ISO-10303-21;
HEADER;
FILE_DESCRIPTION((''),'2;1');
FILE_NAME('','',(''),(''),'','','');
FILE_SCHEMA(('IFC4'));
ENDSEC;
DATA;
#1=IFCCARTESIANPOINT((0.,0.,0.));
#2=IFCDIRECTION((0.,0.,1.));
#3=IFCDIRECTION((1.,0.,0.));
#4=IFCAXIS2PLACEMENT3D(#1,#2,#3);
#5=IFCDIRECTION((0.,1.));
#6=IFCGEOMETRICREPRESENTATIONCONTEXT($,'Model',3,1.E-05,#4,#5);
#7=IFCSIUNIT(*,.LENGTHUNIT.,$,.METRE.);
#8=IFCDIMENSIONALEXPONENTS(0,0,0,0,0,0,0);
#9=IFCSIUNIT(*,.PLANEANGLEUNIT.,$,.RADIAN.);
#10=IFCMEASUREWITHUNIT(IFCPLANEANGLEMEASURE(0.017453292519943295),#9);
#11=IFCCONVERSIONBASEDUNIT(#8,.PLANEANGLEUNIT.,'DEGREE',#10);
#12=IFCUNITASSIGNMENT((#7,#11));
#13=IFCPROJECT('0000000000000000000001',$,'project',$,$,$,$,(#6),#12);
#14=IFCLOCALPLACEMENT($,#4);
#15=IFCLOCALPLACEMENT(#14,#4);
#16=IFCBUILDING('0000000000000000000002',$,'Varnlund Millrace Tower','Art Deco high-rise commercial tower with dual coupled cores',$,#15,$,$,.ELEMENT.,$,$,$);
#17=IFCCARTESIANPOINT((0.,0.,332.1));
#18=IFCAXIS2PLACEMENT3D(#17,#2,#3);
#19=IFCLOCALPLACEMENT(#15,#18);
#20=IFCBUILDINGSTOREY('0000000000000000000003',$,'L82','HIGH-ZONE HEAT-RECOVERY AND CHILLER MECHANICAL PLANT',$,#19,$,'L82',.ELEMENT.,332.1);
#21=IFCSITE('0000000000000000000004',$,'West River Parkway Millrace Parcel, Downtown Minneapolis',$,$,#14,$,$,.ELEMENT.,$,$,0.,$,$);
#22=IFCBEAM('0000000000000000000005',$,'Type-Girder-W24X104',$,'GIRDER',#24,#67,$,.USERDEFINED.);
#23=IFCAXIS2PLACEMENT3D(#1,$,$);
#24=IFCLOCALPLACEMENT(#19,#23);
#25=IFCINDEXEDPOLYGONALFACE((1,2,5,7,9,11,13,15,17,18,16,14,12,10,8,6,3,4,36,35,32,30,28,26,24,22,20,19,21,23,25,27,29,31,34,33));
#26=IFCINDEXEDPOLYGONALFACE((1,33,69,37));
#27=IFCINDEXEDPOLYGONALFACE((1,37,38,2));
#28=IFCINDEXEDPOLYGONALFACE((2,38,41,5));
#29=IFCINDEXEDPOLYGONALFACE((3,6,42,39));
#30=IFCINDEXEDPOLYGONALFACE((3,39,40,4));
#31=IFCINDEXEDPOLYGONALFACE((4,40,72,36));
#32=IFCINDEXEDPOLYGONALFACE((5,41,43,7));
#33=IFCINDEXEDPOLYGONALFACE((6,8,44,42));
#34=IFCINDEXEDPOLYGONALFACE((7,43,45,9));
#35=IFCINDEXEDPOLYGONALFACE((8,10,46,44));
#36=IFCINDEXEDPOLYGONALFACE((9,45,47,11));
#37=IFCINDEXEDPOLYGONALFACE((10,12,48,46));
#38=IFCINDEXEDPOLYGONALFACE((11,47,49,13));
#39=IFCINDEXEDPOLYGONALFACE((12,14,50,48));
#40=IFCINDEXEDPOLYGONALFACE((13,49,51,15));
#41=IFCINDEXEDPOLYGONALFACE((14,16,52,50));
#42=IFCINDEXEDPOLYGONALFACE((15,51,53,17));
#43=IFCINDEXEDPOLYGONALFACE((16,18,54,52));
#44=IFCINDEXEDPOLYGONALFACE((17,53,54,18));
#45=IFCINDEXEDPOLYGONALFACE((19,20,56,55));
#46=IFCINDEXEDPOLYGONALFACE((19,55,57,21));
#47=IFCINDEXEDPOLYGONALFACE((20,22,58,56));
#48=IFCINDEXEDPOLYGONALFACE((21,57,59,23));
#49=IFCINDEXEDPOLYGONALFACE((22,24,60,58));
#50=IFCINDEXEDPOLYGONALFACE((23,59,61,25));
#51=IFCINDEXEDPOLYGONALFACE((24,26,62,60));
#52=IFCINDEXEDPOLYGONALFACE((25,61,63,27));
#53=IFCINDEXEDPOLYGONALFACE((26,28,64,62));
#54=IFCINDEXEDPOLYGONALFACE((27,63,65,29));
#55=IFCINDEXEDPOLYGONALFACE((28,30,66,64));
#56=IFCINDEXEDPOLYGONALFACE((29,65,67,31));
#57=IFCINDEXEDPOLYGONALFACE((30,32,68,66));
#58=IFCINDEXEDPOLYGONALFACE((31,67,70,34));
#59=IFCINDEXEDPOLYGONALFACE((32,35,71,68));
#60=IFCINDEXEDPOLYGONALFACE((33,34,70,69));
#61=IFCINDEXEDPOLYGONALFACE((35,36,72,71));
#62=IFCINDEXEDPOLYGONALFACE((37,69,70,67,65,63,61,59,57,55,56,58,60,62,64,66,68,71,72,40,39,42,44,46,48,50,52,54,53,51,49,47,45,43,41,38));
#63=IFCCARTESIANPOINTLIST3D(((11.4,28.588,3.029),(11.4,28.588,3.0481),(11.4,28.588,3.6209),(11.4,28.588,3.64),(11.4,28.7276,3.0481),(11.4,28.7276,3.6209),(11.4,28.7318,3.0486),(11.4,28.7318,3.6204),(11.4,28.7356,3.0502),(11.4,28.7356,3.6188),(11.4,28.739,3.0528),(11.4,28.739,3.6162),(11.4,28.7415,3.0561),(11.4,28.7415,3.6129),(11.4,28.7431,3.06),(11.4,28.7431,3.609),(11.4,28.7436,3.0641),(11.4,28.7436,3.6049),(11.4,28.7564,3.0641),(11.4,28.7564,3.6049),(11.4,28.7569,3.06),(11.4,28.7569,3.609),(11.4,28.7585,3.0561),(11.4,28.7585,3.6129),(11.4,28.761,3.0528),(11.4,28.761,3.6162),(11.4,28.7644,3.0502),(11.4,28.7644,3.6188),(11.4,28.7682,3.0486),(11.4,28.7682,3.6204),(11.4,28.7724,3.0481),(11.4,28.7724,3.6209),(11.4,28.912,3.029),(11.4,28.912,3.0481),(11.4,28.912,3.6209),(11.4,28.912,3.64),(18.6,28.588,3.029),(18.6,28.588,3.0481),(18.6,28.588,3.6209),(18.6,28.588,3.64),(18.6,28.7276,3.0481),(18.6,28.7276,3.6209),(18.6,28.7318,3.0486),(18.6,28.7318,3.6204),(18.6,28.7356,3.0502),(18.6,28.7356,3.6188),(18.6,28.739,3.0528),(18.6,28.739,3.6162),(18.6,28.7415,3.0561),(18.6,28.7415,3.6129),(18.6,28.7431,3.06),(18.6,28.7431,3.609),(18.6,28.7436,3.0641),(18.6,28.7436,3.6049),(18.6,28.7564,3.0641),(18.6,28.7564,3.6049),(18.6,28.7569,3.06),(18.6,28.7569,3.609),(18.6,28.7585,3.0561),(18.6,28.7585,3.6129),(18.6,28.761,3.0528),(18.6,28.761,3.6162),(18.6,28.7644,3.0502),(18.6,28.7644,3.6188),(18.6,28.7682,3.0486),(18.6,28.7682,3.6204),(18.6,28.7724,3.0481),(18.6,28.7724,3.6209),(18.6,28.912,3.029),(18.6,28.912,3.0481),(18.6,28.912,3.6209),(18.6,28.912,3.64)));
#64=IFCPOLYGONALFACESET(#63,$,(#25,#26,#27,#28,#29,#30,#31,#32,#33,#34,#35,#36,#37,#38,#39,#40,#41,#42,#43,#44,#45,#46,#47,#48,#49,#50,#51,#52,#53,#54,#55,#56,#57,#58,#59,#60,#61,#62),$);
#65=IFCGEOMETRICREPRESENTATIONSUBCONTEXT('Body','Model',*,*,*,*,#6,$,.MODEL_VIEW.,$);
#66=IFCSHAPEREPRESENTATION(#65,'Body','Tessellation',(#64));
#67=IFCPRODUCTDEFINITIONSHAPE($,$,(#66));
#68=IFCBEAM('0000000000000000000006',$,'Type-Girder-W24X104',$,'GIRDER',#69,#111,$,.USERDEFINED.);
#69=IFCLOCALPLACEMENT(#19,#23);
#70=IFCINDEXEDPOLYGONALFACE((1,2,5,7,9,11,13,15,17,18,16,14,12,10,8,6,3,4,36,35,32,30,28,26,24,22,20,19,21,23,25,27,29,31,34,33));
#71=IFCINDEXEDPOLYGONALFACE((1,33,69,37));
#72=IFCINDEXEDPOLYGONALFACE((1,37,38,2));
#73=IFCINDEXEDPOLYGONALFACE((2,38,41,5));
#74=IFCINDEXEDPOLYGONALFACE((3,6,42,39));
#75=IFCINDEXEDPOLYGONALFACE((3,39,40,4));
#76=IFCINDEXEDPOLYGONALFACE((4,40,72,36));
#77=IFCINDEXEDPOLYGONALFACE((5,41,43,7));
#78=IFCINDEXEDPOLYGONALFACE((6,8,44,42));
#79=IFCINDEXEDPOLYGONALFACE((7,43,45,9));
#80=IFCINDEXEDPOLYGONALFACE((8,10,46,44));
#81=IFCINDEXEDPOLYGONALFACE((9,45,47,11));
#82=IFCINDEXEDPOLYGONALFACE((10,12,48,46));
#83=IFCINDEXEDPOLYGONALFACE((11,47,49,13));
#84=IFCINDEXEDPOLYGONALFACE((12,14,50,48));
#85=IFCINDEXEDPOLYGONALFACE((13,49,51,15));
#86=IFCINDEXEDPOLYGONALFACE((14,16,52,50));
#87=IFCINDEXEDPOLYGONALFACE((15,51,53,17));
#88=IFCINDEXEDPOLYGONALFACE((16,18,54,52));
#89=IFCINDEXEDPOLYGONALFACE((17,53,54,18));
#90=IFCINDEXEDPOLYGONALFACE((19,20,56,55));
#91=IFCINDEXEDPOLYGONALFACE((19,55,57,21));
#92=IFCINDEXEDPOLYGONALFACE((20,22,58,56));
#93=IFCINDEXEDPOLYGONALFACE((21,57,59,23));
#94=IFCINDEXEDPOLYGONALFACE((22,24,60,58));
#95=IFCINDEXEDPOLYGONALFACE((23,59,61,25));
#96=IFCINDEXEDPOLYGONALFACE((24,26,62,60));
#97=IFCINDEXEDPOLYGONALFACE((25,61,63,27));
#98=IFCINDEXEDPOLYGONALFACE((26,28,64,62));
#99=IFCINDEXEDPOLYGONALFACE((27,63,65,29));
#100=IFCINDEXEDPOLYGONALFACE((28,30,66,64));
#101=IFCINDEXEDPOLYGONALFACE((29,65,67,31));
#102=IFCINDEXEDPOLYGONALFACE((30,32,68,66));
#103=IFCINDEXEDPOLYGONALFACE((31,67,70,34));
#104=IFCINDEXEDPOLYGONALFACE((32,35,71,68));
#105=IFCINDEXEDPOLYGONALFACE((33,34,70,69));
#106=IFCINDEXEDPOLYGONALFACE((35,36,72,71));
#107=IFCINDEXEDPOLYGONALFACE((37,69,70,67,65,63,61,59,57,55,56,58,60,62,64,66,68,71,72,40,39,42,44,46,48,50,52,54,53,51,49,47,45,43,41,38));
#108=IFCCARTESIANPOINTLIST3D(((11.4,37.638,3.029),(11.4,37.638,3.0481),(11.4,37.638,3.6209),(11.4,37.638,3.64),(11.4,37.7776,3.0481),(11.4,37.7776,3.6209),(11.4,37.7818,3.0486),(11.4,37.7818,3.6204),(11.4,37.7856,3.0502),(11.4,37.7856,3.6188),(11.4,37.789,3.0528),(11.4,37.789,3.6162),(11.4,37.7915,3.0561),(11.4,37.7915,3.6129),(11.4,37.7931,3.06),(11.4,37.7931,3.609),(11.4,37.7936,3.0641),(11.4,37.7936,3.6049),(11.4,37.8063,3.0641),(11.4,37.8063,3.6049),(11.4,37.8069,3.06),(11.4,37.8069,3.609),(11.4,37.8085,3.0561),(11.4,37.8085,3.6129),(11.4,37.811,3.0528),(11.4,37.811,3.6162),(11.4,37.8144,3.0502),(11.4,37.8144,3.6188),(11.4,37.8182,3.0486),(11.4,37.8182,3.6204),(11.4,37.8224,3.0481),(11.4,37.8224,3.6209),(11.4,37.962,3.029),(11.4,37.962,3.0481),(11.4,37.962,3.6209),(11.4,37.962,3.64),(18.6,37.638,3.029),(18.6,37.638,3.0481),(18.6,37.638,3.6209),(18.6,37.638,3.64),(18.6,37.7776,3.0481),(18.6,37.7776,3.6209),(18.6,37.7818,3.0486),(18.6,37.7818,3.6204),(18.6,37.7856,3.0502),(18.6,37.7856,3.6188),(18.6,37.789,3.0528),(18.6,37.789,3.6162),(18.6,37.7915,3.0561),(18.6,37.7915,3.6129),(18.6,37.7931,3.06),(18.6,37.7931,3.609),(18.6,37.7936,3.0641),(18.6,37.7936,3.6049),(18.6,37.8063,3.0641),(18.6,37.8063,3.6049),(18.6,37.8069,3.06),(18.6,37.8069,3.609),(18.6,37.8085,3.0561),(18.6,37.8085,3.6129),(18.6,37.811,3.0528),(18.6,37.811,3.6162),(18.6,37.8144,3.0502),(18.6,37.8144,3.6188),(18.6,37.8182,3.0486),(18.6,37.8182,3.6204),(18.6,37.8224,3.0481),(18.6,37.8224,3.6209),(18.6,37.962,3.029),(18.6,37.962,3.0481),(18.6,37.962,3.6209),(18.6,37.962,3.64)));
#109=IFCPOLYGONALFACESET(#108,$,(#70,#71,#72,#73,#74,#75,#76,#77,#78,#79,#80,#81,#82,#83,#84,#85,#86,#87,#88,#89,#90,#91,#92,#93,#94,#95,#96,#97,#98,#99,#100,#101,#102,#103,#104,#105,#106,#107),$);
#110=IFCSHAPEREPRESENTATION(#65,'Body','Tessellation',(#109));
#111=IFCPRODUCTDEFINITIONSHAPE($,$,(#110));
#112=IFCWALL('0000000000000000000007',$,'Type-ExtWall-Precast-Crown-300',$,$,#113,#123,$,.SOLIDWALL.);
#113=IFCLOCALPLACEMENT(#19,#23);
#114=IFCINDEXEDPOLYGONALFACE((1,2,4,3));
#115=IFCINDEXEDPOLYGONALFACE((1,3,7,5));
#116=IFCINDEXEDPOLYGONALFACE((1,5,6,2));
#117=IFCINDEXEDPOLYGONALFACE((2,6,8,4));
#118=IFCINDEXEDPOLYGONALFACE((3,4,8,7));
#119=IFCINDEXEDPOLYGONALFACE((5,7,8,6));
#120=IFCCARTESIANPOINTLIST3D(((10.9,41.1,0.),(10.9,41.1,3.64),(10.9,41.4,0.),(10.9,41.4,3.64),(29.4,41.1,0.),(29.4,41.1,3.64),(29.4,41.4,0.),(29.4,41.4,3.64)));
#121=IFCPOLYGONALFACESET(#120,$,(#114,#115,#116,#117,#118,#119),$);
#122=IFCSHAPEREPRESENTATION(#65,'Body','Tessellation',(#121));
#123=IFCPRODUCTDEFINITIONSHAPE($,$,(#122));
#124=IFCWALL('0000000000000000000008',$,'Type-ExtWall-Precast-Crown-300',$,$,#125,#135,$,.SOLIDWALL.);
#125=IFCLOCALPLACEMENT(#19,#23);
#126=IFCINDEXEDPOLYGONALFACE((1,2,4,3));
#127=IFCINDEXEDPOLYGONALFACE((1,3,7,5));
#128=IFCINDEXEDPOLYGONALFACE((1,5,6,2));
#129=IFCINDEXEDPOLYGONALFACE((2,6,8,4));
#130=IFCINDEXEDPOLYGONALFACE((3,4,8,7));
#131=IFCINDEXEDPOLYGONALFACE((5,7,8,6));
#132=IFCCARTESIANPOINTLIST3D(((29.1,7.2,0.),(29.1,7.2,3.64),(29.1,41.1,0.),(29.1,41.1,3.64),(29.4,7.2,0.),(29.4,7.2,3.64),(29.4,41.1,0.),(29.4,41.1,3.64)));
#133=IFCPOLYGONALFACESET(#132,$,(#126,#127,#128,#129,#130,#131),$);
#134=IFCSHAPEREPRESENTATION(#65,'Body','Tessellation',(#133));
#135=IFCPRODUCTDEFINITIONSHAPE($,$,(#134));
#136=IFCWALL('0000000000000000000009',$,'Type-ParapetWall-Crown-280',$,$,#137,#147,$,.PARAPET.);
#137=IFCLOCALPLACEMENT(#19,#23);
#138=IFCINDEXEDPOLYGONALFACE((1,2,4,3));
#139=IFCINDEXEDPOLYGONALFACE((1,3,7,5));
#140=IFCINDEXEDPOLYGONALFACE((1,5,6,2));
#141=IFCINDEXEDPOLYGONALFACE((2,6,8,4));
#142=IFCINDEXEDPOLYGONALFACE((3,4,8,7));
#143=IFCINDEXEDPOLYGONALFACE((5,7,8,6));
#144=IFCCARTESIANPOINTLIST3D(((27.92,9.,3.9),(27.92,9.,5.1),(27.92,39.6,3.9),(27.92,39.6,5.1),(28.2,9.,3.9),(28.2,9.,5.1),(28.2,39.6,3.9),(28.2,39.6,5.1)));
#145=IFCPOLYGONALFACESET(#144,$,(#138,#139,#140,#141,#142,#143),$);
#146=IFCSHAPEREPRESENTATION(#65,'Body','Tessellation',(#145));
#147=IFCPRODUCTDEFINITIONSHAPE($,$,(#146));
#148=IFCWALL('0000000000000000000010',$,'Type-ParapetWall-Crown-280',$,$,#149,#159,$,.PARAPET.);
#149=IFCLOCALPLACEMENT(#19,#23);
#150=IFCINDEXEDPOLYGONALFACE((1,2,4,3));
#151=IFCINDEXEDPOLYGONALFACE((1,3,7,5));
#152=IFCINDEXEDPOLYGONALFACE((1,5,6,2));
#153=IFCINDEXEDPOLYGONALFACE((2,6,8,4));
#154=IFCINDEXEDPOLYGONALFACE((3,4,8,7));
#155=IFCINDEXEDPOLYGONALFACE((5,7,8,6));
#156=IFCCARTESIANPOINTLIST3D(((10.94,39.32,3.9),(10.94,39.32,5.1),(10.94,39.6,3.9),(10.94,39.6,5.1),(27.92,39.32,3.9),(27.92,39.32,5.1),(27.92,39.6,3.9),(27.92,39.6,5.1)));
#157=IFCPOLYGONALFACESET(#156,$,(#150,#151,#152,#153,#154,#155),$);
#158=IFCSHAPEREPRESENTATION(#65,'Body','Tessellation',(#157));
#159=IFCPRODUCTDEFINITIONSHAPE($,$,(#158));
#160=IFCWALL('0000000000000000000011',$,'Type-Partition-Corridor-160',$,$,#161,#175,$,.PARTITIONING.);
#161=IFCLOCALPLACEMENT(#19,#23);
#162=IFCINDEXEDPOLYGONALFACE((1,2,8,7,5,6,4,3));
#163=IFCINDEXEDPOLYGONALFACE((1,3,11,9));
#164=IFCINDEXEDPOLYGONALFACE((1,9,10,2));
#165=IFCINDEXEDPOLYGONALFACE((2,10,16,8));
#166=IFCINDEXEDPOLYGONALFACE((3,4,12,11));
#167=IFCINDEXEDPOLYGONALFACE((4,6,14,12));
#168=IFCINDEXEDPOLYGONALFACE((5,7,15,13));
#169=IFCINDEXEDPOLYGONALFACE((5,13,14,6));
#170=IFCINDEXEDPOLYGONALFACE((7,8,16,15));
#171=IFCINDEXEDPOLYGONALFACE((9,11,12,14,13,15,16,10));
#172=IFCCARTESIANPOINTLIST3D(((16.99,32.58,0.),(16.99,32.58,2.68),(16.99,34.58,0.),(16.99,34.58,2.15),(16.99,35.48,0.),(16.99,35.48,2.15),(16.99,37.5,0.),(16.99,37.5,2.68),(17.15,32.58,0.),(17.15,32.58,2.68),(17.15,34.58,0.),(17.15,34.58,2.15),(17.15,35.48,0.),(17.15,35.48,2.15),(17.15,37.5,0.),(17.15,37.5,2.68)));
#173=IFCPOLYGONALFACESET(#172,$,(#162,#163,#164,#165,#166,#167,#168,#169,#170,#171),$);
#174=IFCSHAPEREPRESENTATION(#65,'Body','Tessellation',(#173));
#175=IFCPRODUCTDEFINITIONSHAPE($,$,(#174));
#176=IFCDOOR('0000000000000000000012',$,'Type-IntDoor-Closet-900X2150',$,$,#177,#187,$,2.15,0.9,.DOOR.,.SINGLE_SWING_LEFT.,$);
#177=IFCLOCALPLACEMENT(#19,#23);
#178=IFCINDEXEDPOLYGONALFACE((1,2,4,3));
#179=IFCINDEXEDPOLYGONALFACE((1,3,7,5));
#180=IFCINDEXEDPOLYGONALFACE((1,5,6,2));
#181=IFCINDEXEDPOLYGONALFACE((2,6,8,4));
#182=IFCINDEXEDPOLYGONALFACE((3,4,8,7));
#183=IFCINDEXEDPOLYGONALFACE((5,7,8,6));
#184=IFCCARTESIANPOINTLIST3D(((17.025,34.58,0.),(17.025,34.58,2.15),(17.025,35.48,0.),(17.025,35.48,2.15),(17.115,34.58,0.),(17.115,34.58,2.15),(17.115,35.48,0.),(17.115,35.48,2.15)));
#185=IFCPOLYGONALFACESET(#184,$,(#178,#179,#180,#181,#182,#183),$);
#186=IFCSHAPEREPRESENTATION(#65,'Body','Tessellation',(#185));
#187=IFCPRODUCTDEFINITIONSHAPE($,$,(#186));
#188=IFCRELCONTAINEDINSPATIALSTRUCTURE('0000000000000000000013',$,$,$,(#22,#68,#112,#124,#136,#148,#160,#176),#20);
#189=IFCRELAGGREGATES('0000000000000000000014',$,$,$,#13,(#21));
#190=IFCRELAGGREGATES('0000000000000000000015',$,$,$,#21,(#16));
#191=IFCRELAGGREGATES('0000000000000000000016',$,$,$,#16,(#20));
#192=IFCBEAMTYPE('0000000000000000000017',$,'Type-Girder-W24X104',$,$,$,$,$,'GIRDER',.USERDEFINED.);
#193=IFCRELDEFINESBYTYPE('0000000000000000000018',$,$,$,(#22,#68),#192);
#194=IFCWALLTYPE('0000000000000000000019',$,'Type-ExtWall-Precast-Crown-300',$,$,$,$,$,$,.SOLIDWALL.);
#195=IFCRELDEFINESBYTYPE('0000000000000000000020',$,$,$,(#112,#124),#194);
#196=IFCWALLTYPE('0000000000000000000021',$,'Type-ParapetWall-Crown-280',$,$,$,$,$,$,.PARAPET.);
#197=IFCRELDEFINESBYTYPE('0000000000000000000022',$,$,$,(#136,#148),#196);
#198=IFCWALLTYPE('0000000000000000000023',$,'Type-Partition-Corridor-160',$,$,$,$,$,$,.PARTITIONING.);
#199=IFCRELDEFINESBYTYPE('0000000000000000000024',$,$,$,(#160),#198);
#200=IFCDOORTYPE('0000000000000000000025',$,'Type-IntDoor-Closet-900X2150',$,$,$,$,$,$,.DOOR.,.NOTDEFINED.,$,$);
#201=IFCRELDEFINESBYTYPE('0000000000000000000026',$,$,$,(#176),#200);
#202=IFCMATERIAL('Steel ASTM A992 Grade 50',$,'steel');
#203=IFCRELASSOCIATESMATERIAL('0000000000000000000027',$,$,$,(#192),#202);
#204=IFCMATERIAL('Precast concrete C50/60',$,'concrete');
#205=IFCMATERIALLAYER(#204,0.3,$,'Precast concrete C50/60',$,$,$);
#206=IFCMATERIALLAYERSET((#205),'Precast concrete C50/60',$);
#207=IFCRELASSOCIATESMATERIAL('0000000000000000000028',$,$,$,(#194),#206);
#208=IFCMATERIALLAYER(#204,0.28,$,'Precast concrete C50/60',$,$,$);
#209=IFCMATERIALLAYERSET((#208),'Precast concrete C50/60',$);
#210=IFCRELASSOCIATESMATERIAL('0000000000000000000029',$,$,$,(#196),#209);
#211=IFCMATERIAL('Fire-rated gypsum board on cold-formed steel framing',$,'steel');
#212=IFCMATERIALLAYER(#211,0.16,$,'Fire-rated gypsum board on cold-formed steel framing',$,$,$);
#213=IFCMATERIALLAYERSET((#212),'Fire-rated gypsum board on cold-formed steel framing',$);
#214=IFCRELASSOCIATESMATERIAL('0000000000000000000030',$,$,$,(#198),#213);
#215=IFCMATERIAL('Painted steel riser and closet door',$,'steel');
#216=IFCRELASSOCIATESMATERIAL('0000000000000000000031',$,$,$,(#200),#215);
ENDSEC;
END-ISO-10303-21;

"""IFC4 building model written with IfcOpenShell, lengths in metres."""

from ifc_helpers import new_model, entity, si_unit, converted_unit, direction, frame, origin_with_axes, origin_2d_with_axis, place, context, subcontext, project, spatial, polyline, rectangle, i_section, outline, extrude, material, layer, layer_set, material_profile, profile_set, type_object, element, fill, save


model = new_model("IFC4")

# Units and contexts
model_context = context("Model", 3, precision=1e-05, world=origin_with_axes(), true_north=direction((0.0, 1.0)))
body_context = subcontext(model_context, "Body", "Model", "MODEL_VIEW")
ifc_project = project(units=[si_unit("LENGTHUNIT", "METRE"), converted_unit("PLANEANGLEUNIT", "DEGREE", entity("IfcPlaneAngleMeasure", 0.017453292519943295), si_unit("PLANEANGLEUNIT", "RADIAN"), dimensions=[0, 0, 0, 0, 0, 0, 0])], contexts=[model_context])

# Site, building, storey
site_placement = place(None, origin_with_axes())
site = spatial("IfcSite", under=ifc_project, at=site_placement, Name="West River Parkway Millrace Parcel, Downtown Minneapolis", CompositionType="ELEMENT", RefElevation=0.0)
building_placement = place(site_placement, origin_with_axes())
building = spatial("IfcBuilding", under=site, at=building_placement, Name="Varnlund Millrace Tower", Description="Art Deco high-rise commercial tower with dual coupled cores", CompositionType="ELEMENT")
storey_placement = place(building_placement, frame((0.0, 0.0, 332.1), z_axis=(0.0, 0.0, 1.0), x_axis=(1.0, 0.0, 0.0)))
storey = spatial("IfcBuildingStorey", under=building, at=storey_placement, Name="L82", Description="HIGH-ZONE HEAT-RECOVERY AND CHILLER MECHANICAL PLANT", LongName="L82", CompositionType="ELEMENT", Elevation=332.1)

# Beams
ifc_material_1 = material(Name="Steel ASTM A992 Grade 50", Category="steel")
ifc_material_profile_1 = material_profile(ifc_material_1, i_section(OverallWidth=0.324, OverallDepth=0.611, WebThickness=0.0127, FlangeThickness=0.0191, FilletRadius=0.016, at=origin_2d_with_axis()), Name="Steel ASTM A992 Grade 50")
ifc_profile_set_1 = profile_set([ifc_material_profile_1], Name="Steel ASTM A992 Grade 50")
beam_type_1 = type_object("IfcBeamType", Name="Type-Girder-W24X104", ElementType="GIRDER", PredefinedType="USERDEFINED", material=ifc_profile_set_1)
for number, where, z_axis, x_axis, name in (
    (1, (11.4, 28.75, 3.3345), (1.0, 0.0, 0.0), (0.0, 1.0, 0.0), "Type-Girder-W24X104"),
    (2, (11.4, 37.8, 3.3345), (1.0, 0.0, 0.0), (0.0, 1.0, 0.0), "Type-Girder-W24X104"),
):
    element("IfcBeam", number, at=place(storey_placement, frame(where, z_axis=z_axis, x_axis=x_axis)), inside=storey, type_object=beam_type_1, Name=name, ObjectType="GIRDER", PredefinedType="USERDEFINED", context=body_context, shape_type="SweptSolid", body=[
        extrude(i_section(OverallWidth=0.324, OverallDepth=0.611, WebThickness=0.0127, FlangeThickness=0.0191, FilletRadius=0.016, at=origin_2d_with_axis()), origin_with_axes(), (0.0, 0.0, 1.0), 7.2),
    ])

# Walls
ifc_material_2 = material(Name="Precast concrete C50/60", Category="concrete")
ifc_layer_1 = layer(ifc_material_2, 0.3, Name="Precast concrete C50/60")
ifc_layer_set_1 = layer_set([ifc_layer_1], Name="Precast concrete C50/60")
wall_type_1 = type_object("IfcWallType", Name="Type-ExtWall-Precast-Crown-300", PredefinedType="SOLIDWALL", material=ifc_layer_set_1)
wall_1_placement = place(storey_placement, frame((10.9, 41.25, 0.0), z_axis=(0.0, 0.0, 1.0), x_axis=(1.0, 0.0, 0.0)))
element("IfcWall", 3, at=wall_1_placement, inside=storey, type_object=wall_type_1, Name="Type-ExtWall-Precast-Crown-300", PredefinedType="SOLIDWALL", context=body_context, shape_type="SweptSolid", body=[
    extrude(outline(polyline([(0.0, -0.15), (18.5, -0.15), (18.5, 0.15), (0.0, 0.15), (0.0, -0.15)])), origin_with_axes(), (0.0, 0.0, 1.0), 3.64),
])
wall_2_placement = place(storey_placement, frame((29.25, 41.1, 0.0), z_axis=(0.0, 0.0, 1.0), x_axis=(0.0, -1.0, 0.0)))
element("IfcWall", 4, at=wall_2_placement, inside=storey, type_object=wall_type_1, Name="Type-ExtWall-Precast-Crown-300", PredefinedType="SOLIDWALL", context=body_context, shape_type="SweptSolid", body=[
    extrude(outline(polyline([(0.0, -0.15), (33.9, -0.15), (33.9, 0.15), (0.0, 0.15), (0.0, -0.15)])), origin_with_axes(), (0.0, 0.0, 1.0), 3.64),
])
ifc_layer_2 = layer(ifc_material_2, 0.28, Name="Precast concrete C50/60")
ifc_layer_set_2 = layer_set([ifc_layer_2], Name="Precast concrete C50/60")
wall_type_2 = type_object("IfcWallType", Name="Type-ParapetWall-Crown-280", PredefinedType="PARAPET", material=ifc_layer_set_2)
wall_3_placement = place(storey_placement, frame((28.06, 39.6, 3.9), z_axis=(0.0, 0.0, 1.0), x_axis=(0.0, -1.0, 0.0)))
element("IfcWall", 5, at=wall_3_placement, inside=storey, type_object=wall_type_2, Name="Type-ParapetWall-Crown-280", PredefinedType="PARAPET", context=body_context, shape_type="SweptSolid", body=[
    extrude(outline(polyline([(0.0, -0.14), (30.6, -0.14), (30.6, 0.14), (0.0, 0.14), (0.0, -0.14)])), origin_with_axes(), (0.0, 0.0, 1.0), 1.2),
])
wall_4_placement = place(storey_placement, frame((10.94, 39.46, 3.9), z_axis=(0.0, 0.0, 1.0), x_axis=(1.0, 0.0, 0.0)))
element("IfcWall", 6, at=wall_4_placement, inside=storey, type_object=wall_type_2, Name="Type-ParapetWall-Crown-280", PredefinedType="PARAPET", context=body_context, shape_type="SweptSolid", body=[
    extrude(outline(polyline([(0.0, -0.14), (16.98, -0.14), (16.98, 0.14), (0.0, 0.14), (0.0, -0.14)])), origin_with_axes(), (0.0, 0.0, 1.0), 1.2),
])

# Wall, opening, door
ifc_material_3 = material(Name="Fire-rated gypsum board on cold-formed steel framing", Category="steel")
ifc_layer_3 = layer(ifc_material_3, 0.16, Name="Fire-rated gypsum board on cold-formed steel framing")
ifc_layer_set_3 = layer_set([ifc_layer_3], Name="Fire-rated gypsum board on cold-formed steel framing")
wall_type_3 = type_object("IfcWallType", Name="Type-Partition-Corridor-160", PredefinedType="PARTITIONING", material=ifc_layer_set_3)
wall_5_placement = place(storey_placement, frame((17.07, 32.58, 0.0), z_axis=(0.0, 0.0, 1.0), x_axis=(0.0, 1.0, 0.0)))
wall_5 = element("IfcWall", 7, at=wall_5_placement, inside=storey, type_object=wall_type_3, Name="Type-Partition-Corridor-160", PredefinedType="PARTITIONING", context=body_context, shape_type="SweptSolid", body=[
    extrude(outline(polyline([(0.0, -0.08), (4.92, -0.08), (4.92, 0.08), (0.0, 0.08), (0.0, -0.08)])), origin_with_axes(), (0.0, 0.0, 1.0), 2.68),
])
opening_1_placement = place(wall_5_placement, frame((2.45, 0.0, 0.0), z_axis=(0.0, 0.0, 1.0), x_axis=(1.0, 0.0, 0.0)))
opening_1 = element("IfcOpeningElement", 8, at=opening_1_placement, cuts=wall_5, PredefinedType="OPENING", context=body_context, shape_type="SweptSolid", body=[
    extrude(rectangle(XDim=0.9, YDim=0.18, at=origin_2d_with_axis()), origin_with_axes(), (0.0, 0.0, 1.0), 2.15),
])
ifc_material_4 = material(Name="Painted steel riser and closet door", Category="steel")
door_type = type_object("IfcDoorType", Name="Type-IntDoor-Closet-900X2150", OperationType="NOTDEFINED", PredefinedType="DOOR", material=ifc_material_4)
door_1_placement = place(wall_5_placement, frame((2.45, 0.0, 0.0), z_axis=(0.0, 0.0, 1.0), x_axis=(1.0, 0.0, 0.0)))
door_1 = element("IfcDoor", 9, at=door_1_placement, inside=storey, type_object=door_type, Name="Type-IntDoor-Closet-900X2150", OperationType="SINGLE_SWING_LEFT", OverallHeight=2.15, OverallWidth=0.9, PredefinedType="DOOR", context=body_context, shape_type="SweptSolid", body=[
    extrude(rectangle(XDim=0.9, YDim=0.09, at=origin_2d_with_axis()), origin_with_axes(), (0.0, 0.0, 1.0), 2.15),
])
fill(opening_1, door_1)

save(model, "model.ifc")
